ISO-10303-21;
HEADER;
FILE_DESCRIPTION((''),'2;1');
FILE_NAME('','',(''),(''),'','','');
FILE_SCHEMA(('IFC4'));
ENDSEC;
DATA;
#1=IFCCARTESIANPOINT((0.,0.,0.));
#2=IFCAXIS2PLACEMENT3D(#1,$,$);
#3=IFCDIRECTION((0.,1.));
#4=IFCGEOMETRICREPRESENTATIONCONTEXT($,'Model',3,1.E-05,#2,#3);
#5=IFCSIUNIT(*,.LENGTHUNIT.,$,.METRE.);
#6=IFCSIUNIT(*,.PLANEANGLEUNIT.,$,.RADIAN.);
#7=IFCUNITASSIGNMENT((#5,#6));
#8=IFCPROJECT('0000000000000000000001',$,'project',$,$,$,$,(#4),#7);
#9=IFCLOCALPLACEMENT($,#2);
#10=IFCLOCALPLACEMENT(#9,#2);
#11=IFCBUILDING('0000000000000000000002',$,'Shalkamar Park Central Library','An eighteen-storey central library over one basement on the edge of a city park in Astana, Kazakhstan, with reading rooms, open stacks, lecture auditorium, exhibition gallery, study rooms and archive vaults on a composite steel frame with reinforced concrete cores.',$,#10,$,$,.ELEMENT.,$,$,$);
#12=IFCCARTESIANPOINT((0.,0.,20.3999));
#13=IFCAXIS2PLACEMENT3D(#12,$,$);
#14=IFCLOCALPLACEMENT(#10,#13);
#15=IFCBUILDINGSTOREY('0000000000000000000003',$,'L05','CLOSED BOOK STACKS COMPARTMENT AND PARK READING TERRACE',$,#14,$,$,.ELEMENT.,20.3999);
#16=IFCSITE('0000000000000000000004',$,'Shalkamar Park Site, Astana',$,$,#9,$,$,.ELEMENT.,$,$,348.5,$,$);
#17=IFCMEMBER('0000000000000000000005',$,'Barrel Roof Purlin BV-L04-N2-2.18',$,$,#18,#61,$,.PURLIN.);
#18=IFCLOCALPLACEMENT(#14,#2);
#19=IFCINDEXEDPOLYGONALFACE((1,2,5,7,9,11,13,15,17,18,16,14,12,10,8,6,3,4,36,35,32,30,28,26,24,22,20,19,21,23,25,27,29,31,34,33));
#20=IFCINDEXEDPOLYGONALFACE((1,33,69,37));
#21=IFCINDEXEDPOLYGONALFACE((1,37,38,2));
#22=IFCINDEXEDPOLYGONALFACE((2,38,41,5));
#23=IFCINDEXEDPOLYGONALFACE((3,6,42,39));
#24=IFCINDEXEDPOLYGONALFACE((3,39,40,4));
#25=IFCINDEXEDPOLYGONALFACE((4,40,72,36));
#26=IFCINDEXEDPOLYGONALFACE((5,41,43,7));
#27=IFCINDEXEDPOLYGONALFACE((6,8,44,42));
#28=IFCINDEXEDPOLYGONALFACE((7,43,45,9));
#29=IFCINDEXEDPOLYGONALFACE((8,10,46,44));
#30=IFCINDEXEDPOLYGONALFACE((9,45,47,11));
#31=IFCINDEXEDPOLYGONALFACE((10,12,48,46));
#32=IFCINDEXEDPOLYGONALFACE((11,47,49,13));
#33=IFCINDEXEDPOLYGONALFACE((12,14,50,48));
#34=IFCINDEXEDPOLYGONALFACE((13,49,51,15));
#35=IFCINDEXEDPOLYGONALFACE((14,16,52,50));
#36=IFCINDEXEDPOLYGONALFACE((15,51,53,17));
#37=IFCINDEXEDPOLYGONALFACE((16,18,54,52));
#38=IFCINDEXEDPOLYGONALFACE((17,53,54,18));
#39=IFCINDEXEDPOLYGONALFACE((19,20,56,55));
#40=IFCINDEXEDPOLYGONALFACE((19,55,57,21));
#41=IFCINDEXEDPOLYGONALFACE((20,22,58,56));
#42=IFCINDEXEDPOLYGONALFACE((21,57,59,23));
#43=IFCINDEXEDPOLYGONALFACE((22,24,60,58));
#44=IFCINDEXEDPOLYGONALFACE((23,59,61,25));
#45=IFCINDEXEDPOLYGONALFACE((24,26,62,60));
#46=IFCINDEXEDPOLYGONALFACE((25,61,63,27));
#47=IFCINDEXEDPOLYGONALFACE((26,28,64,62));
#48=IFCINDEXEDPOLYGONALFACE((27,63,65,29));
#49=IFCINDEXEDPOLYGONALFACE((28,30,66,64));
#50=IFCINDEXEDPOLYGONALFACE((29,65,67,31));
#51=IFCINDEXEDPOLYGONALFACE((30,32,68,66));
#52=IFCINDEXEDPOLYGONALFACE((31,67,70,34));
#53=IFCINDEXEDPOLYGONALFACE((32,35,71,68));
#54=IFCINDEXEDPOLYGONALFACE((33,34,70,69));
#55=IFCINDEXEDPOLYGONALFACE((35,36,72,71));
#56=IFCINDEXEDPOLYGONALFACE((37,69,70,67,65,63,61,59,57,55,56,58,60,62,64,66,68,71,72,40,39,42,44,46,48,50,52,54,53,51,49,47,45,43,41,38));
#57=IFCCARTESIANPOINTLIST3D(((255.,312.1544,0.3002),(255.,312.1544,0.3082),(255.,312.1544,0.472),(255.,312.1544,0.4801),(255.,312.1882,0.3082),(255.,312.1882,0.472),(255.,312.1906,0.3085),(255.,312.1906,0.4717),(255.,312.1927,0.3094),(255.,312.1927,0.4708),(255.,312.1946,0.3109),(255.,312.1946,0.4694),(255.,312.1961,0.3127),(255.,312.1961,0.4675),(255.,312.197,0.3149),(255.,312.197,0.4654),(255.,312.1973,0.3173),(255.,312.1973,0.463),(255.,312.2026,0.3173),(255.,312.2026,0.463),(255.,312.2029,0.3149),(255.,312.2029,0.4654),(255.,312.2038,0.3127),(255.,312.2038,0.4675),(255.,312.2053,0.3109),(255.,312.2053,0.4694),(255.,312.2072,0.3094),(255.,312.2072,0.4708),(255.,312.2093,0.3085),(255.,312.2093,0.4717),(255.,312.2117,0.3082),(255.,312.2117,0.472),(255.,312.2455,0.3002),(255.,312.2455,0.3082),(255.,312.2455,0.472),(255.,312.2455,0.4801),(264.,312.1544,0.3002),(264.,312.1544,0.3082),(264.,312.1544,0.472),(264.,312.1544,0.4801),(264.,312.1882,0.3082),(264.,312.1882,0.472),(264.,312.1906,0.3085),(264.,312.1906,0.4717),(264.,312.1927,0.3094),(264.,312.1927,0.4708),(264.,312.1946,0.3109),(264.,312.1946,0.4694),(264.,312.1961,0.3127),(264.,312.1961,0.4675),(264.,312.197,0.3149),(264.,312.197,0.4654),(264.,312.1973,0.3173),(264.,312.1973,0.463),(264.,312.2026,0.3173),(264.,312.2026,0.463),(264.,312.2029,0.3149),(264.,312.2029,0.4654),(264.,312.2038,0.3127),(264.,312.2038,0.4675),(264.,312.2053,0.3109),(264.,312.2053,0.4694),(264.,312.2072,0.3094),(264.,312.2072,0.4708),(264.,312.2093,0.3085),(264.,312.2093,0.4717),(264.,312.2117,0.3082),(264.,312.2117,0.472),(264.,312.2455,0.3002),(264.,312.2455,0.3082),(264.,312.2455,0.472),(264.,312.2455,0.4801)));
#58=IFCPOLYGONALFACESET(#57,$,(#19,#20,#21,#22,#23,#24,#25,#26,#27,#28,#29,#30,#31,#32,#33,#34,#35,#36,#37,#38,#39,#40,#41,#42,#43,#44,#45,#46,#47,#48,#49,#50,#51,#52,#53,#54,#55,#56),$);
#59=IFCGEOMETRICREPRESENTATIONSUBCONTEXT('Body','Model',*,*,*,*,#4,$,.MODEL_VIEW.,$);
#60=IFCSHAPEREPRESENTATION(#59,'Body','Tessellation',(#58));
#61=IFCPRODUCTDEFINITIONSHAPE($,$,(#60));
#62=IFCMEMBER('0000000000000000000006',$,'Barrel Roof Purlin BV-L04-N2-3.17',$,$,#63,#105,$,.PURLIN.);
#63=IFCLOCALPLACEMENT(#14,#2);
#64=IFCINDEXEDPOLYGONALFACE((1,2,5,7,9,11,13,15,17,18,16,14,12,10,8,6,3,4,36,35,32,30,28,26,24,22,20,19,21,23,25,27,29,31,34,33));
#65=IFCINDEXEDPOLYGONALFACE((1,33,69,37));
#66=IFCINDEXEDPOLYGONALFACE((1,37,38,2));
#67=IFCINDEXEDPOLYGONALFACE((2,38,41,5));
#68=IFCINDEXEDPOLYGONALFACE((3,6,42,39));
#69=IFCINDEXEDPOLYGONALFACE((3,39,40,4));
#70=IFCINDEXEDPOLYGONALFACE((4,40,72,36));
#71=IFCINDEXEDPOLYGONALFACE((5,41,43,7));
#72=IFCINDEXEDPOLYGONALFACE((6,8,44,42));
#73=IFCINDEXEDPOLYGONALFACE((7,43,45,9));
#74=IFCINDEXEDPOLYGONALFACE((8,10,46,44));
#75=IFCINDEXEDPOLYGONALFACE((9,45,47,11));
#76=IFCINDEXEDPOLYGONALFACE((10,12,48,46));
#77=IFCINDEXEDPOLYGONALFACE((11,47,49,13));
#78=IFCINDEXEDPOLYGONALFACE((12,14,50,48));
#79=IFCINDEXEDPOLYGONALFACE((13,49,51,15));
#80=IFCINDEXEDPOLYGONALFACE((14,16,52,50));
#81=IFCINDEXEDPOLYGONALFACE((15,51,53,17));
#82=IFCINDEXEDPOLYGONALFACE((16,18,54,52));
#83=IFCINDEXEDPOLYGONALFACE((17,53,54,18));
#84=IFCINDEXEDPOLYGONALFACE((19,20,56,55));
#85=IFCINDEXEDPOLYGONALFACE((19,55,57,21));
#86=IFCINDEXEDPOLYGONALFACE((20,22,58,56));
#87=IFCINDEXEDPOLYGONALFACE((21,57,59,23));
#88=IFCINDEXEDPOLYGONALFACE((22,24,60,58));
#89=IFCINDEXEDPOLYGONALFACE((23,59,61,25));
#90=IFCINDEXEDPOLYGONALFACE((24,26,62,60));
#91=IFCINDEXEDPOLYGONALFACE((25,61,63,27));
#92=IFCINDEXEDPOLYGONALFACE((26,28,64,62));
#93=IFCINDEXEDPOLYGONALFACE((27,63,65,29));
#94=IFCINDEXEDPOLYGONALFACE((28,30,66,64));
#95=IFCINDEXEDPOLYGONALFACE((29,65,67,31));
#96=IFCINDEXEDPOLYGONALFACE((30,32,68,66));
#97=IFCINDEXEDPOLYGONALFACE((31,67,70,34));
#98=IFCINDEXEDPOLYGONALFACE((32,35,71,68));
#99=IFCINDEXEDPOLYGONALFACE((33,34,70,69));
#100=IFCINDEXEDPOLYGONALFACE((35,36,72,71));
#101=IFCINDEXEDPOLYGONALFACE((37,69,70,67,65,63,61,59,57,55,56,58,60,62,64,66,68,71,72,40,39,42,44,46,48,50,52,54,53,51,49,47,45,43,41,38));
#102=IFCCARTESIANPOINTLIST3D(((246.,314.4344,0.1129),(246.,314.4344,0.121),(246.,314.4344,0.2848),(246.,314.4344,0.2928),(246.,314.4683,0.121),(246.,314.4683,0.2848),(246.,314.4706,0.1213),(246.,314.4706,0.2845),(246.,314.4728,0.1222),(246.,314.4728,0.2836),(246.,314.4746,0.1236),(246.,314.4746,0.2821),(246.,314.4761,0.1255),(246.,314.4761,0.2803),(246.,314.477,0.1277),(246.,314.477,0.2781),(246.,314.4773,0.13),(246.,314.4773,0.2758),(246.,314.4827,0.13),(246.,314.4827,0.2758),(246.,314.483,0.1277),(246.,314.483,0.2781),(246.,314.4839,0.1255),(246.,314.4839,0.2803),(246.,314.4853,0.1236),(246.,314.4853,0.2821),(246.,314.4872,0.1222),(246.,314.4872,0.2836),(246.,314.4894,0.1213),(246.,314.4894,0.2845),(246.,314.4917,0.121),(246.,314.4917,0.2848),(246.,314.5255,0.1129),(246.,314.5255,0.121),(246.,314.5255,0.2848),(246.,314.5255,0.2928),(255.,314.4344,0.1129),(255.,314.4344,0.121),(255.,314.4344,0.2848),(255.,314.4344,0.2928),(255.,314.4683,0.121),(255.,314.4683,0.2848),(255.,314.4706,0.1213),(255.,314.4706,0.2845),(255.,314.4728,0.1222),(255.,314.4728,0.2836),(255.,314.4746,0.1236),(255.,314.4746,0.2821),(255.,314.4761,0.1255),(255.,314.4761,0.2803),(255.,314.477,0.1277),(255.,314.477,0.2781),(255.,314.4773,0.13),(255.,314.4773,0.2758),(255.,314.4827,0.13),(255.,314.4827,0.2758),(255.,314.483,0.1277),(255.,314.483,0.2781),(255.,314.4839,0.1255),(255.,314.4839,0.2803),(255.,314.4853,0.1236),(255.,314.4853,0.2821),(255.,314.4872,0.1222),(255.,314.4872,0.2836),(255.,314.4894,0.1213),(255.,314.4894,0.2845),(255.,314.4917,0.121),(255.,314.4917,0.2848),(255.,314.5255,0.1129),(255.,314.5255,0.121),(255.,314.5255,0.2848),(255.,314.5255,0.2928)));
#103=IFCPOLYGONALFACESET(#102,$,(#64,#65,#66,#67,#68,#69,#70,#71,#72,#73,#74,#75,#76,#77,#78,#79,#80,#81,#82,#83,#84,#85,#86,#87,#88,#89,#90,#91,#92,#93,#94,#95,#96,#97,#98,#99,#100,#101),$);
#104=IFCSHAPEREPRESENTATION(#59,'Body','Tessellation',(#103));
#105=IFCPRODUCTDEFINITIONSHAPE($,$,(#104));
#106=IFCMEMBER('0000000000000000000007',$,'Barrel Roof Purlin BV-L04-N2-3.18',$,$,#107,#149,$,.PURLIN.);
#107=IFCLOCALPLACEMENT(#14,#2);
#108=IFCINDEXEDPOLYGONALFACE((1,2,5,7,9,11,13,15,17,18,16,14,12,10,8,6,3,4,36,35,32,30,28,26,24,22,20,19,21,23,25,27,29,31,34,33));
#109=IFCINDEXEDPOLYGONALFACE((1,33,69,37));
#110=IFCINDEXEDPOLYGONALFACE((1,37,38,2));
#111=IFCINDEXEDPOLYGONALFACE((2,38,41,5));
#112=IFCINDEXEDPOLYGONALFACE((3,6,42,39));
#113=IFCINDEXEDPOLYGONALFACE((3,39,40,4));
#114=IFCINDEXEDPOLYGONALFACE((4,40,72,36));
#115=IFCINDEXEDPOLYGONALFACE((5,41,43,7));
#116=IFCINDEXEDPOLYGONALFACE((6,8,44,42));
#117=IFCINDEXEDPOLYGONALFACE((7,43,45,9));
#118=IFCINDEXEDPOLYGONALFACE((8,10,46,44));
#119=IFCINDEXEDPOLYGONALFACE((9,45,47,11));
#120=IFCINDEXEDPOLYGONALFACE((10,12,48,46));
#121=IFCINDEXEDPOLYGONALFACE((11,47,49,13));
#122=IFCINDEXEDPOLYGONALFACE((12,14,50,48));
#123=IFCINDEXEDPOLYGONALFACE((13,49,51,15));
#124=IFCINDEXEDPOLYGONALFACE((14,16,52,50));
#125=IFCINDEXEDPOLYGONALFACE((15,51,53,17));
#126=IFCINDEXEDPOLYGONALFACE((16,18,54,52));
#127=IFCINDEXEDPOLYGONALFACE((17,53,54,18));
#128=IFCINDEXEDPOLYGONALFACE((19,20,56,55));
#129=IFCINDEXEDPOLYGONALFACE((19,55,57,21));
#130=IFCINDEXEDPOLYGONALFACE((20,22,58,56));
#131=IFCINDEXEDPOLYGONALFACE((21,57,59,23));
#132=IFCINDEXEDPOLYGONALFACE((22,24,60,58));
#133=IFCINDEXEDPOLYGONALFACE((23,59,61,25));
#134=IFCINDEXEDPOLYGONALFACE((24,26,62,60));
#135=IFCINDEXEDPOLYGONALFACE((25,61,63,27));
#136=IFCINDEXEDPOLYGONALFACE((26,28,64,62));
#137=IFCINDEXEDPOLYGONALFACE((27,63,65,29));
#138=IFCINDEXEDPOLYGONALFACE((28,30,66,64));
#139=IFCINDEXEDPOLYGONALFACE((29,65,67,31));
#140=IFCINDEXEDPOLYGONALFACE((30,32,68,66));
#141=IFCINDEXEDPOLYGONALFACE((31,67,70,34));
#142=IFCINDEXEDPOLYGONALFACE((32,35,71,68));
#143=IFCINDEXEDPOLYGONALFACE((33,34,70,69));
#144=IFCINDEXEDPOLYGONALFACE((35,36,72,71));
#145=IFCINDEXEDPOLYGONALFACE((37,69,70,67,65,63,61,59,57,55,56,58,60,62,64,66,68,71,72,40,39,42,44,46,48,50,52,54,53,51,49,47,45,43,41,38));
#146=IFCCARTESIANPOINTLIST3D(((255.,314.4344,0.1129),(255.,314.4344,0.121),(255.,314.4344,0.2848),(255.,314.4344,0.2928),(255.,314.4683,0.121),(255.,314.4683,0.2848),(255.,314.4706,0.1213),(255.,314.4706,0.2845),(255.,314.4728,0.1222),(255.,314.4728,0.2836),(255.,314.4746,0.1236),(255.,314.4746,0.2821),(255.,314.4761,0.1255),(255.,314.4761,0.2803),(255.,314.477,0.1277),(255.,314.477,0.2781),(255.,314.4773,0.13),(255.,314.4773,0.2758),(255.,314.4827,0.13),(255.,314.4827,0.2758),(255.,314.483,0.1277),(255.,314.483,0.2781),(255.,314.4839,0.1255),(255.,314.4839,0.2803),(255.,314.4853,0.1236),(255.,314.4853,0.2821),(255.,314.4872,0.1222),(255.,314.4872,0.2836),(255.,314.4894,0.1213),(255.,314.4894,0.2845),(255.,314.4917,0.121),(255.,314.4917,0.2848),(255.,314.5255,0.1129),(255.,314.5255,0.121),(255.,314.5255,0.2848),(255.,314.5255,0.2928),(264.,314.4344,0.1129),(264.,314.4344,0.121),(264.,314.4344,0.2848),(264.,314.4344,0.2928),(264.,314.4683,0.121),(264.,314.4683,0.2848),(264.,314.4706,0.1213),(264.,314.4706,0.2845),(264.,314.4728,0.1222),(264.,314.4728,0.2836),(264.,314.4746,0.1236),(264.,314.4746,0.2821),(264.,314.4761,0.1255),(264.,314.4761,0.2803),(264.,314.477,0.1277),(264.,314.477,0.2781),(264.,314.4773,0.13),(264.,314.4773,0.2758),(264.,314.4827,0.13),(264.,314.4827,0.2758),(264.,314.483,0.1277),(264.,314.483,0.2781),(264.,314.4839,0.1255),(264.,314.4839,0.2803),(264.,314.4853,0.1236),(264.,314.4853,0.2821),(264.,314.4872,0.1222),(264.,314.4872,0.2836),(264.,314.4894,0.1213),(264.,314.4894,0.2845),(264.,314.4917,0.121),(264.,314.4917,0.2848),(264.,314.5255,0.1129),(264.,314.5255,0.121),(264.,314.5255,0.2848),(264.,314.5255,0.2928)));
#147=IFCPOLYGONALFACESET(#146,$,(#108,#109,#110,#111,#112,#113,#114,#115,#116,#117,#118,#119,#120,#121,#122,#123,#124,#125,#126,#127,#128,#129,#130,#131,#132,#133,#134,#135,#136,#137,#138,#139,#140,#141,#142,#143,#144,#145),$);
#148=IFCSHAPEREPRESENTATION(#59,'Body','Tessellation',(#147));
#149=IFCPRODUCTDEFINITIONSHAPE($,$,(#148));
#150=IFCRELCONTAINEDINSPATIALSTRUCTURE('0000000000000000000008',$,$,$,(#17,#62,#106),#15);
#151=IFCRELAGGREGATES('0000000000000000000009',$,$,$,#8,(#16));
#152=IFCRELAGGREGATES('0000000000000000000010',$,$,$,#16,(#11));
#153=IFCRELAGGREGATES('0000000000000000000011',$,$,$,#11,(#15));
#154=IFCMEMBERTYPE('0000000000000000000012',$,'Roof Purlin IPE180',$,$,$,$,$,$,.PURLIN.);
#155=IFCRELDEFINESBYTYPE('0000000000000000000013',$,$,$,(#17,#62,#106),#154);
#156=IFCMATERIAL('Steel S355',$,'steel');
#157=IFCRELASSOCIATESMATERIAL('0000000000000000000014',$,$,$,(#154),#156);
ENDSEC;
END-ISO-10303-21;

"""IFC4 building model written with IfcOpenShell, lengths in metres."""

from ifc_helpers import new_model, si_unit, direction, frame, origin, origin_2d, place, context, subcontext, project, spatial, i_section, extrude, material, material_profile, profile_set, type_object, element, save


model = new_model("IFC4")

# Units and contexts
model_context = context("Model", 3, precision=1e-05, world=origin(), true_north=direction((0.0, 1.0)))
body_context = subcontext(model_context, "Body", "Model", "MODEL_VIEW")
ifc_project = project(units=[si_unit("LENGTHUNIT", "METRE"), si_unit("PLANEANGLEUNIT", "RADIAN")], contexts=[model_context])

# Site, building, storey
site_placement = place(None, origin())
site = spatial("IfcSite", under=ifc_project, at=site_placement, Name="Shalkamar Park Site, Astana", CompositionType="ELEMENT", RefElevation=348.5)
building_placement = place(site_placement, origin())
building = spatial("IfcBuilding", under=site, at=building_placement, Name="Shalkamar Park Central Library", Description="An eighteen-storey central library over one basement on the edge of a city park in Astana, Kazakhstan, with reading rooms, open stacks, lecture auditorium, exhibition gallery, study rooms and archive vaults on a composite steel frame with reinforced concrete cores.", CompositionType="ELEMENT")
storey_placement = place(building_placement, frame((0.0, 0.0, 20.3999)))
storey = spatial("IfcBuildingStorey", under=building, at=storey_placement, Name="L05", Description="CLOSED BOOK STACKS COMPARTMENT AND PARK READING TERRACE", CompositionType="ELEMENT", Elevation=20.3999)

# Members
ifc_material = material(Name="Steel S355", Category="steel")
ifc_material_profile_1 = material_profile(ifc_material, i_section(OverallWidth=0.0911, OverallDepth=0.1799, WebThickness=0.0054, FlangeThickness=0.0081, FilletRadius=0.009, at=origin_2d()), Name="IPE 180")
ifc_profile_set_1 = profile_set([ifc_material_profile_1], Name="Steel S355")
member_type_1 = type_object("IfcMemberType", Name="Roof Purlin IPE180", PredefinedType="PURLIN", material=ifc_profile_set_1)
for number, where, z_axis, x_axis, name in (
    (1, (255.0, 312.2, 0.3901), (1.0, 0.0, 0.0), (0.0, 1.0, 0.0), "Barrel Roof Purlin BV-L04-N2-2.18"),
    (2, (246.0, 314.48, 0.2029), (1.0, 0.0, 0.0), (0.0, 1.0, 0.0), "Barrel Roof Purlin BV-L04-N2-3.17"),
    (3, (255.0, 314.48, 0.2029), (1.0, 0.0, 0.0), (0.0, 1.0, 0.0), "Barrel Roof Purlin BV-L04-N2-3.18"),
):
    element("IfcMember", number, at=place(storey_placement, frame(where, z_axis=z_axis, x_axis=x_axis)), inside=storey, type_object=member_type_1, Name=name, PredefinedType="PURLIN", context=body_context, shape_type="SweptSolid", body=[
        extrude(i_section(OverallWidth=0.0911, OverallDepth=0.1799, WebThickness=0.0054, FlangeThickness=0.0081, FilletRadius=0.009, at=origin_2d()), origin(), (0.0, 0.0, 1.0), 9.0),
    ])

save(model, "model.ifc")
